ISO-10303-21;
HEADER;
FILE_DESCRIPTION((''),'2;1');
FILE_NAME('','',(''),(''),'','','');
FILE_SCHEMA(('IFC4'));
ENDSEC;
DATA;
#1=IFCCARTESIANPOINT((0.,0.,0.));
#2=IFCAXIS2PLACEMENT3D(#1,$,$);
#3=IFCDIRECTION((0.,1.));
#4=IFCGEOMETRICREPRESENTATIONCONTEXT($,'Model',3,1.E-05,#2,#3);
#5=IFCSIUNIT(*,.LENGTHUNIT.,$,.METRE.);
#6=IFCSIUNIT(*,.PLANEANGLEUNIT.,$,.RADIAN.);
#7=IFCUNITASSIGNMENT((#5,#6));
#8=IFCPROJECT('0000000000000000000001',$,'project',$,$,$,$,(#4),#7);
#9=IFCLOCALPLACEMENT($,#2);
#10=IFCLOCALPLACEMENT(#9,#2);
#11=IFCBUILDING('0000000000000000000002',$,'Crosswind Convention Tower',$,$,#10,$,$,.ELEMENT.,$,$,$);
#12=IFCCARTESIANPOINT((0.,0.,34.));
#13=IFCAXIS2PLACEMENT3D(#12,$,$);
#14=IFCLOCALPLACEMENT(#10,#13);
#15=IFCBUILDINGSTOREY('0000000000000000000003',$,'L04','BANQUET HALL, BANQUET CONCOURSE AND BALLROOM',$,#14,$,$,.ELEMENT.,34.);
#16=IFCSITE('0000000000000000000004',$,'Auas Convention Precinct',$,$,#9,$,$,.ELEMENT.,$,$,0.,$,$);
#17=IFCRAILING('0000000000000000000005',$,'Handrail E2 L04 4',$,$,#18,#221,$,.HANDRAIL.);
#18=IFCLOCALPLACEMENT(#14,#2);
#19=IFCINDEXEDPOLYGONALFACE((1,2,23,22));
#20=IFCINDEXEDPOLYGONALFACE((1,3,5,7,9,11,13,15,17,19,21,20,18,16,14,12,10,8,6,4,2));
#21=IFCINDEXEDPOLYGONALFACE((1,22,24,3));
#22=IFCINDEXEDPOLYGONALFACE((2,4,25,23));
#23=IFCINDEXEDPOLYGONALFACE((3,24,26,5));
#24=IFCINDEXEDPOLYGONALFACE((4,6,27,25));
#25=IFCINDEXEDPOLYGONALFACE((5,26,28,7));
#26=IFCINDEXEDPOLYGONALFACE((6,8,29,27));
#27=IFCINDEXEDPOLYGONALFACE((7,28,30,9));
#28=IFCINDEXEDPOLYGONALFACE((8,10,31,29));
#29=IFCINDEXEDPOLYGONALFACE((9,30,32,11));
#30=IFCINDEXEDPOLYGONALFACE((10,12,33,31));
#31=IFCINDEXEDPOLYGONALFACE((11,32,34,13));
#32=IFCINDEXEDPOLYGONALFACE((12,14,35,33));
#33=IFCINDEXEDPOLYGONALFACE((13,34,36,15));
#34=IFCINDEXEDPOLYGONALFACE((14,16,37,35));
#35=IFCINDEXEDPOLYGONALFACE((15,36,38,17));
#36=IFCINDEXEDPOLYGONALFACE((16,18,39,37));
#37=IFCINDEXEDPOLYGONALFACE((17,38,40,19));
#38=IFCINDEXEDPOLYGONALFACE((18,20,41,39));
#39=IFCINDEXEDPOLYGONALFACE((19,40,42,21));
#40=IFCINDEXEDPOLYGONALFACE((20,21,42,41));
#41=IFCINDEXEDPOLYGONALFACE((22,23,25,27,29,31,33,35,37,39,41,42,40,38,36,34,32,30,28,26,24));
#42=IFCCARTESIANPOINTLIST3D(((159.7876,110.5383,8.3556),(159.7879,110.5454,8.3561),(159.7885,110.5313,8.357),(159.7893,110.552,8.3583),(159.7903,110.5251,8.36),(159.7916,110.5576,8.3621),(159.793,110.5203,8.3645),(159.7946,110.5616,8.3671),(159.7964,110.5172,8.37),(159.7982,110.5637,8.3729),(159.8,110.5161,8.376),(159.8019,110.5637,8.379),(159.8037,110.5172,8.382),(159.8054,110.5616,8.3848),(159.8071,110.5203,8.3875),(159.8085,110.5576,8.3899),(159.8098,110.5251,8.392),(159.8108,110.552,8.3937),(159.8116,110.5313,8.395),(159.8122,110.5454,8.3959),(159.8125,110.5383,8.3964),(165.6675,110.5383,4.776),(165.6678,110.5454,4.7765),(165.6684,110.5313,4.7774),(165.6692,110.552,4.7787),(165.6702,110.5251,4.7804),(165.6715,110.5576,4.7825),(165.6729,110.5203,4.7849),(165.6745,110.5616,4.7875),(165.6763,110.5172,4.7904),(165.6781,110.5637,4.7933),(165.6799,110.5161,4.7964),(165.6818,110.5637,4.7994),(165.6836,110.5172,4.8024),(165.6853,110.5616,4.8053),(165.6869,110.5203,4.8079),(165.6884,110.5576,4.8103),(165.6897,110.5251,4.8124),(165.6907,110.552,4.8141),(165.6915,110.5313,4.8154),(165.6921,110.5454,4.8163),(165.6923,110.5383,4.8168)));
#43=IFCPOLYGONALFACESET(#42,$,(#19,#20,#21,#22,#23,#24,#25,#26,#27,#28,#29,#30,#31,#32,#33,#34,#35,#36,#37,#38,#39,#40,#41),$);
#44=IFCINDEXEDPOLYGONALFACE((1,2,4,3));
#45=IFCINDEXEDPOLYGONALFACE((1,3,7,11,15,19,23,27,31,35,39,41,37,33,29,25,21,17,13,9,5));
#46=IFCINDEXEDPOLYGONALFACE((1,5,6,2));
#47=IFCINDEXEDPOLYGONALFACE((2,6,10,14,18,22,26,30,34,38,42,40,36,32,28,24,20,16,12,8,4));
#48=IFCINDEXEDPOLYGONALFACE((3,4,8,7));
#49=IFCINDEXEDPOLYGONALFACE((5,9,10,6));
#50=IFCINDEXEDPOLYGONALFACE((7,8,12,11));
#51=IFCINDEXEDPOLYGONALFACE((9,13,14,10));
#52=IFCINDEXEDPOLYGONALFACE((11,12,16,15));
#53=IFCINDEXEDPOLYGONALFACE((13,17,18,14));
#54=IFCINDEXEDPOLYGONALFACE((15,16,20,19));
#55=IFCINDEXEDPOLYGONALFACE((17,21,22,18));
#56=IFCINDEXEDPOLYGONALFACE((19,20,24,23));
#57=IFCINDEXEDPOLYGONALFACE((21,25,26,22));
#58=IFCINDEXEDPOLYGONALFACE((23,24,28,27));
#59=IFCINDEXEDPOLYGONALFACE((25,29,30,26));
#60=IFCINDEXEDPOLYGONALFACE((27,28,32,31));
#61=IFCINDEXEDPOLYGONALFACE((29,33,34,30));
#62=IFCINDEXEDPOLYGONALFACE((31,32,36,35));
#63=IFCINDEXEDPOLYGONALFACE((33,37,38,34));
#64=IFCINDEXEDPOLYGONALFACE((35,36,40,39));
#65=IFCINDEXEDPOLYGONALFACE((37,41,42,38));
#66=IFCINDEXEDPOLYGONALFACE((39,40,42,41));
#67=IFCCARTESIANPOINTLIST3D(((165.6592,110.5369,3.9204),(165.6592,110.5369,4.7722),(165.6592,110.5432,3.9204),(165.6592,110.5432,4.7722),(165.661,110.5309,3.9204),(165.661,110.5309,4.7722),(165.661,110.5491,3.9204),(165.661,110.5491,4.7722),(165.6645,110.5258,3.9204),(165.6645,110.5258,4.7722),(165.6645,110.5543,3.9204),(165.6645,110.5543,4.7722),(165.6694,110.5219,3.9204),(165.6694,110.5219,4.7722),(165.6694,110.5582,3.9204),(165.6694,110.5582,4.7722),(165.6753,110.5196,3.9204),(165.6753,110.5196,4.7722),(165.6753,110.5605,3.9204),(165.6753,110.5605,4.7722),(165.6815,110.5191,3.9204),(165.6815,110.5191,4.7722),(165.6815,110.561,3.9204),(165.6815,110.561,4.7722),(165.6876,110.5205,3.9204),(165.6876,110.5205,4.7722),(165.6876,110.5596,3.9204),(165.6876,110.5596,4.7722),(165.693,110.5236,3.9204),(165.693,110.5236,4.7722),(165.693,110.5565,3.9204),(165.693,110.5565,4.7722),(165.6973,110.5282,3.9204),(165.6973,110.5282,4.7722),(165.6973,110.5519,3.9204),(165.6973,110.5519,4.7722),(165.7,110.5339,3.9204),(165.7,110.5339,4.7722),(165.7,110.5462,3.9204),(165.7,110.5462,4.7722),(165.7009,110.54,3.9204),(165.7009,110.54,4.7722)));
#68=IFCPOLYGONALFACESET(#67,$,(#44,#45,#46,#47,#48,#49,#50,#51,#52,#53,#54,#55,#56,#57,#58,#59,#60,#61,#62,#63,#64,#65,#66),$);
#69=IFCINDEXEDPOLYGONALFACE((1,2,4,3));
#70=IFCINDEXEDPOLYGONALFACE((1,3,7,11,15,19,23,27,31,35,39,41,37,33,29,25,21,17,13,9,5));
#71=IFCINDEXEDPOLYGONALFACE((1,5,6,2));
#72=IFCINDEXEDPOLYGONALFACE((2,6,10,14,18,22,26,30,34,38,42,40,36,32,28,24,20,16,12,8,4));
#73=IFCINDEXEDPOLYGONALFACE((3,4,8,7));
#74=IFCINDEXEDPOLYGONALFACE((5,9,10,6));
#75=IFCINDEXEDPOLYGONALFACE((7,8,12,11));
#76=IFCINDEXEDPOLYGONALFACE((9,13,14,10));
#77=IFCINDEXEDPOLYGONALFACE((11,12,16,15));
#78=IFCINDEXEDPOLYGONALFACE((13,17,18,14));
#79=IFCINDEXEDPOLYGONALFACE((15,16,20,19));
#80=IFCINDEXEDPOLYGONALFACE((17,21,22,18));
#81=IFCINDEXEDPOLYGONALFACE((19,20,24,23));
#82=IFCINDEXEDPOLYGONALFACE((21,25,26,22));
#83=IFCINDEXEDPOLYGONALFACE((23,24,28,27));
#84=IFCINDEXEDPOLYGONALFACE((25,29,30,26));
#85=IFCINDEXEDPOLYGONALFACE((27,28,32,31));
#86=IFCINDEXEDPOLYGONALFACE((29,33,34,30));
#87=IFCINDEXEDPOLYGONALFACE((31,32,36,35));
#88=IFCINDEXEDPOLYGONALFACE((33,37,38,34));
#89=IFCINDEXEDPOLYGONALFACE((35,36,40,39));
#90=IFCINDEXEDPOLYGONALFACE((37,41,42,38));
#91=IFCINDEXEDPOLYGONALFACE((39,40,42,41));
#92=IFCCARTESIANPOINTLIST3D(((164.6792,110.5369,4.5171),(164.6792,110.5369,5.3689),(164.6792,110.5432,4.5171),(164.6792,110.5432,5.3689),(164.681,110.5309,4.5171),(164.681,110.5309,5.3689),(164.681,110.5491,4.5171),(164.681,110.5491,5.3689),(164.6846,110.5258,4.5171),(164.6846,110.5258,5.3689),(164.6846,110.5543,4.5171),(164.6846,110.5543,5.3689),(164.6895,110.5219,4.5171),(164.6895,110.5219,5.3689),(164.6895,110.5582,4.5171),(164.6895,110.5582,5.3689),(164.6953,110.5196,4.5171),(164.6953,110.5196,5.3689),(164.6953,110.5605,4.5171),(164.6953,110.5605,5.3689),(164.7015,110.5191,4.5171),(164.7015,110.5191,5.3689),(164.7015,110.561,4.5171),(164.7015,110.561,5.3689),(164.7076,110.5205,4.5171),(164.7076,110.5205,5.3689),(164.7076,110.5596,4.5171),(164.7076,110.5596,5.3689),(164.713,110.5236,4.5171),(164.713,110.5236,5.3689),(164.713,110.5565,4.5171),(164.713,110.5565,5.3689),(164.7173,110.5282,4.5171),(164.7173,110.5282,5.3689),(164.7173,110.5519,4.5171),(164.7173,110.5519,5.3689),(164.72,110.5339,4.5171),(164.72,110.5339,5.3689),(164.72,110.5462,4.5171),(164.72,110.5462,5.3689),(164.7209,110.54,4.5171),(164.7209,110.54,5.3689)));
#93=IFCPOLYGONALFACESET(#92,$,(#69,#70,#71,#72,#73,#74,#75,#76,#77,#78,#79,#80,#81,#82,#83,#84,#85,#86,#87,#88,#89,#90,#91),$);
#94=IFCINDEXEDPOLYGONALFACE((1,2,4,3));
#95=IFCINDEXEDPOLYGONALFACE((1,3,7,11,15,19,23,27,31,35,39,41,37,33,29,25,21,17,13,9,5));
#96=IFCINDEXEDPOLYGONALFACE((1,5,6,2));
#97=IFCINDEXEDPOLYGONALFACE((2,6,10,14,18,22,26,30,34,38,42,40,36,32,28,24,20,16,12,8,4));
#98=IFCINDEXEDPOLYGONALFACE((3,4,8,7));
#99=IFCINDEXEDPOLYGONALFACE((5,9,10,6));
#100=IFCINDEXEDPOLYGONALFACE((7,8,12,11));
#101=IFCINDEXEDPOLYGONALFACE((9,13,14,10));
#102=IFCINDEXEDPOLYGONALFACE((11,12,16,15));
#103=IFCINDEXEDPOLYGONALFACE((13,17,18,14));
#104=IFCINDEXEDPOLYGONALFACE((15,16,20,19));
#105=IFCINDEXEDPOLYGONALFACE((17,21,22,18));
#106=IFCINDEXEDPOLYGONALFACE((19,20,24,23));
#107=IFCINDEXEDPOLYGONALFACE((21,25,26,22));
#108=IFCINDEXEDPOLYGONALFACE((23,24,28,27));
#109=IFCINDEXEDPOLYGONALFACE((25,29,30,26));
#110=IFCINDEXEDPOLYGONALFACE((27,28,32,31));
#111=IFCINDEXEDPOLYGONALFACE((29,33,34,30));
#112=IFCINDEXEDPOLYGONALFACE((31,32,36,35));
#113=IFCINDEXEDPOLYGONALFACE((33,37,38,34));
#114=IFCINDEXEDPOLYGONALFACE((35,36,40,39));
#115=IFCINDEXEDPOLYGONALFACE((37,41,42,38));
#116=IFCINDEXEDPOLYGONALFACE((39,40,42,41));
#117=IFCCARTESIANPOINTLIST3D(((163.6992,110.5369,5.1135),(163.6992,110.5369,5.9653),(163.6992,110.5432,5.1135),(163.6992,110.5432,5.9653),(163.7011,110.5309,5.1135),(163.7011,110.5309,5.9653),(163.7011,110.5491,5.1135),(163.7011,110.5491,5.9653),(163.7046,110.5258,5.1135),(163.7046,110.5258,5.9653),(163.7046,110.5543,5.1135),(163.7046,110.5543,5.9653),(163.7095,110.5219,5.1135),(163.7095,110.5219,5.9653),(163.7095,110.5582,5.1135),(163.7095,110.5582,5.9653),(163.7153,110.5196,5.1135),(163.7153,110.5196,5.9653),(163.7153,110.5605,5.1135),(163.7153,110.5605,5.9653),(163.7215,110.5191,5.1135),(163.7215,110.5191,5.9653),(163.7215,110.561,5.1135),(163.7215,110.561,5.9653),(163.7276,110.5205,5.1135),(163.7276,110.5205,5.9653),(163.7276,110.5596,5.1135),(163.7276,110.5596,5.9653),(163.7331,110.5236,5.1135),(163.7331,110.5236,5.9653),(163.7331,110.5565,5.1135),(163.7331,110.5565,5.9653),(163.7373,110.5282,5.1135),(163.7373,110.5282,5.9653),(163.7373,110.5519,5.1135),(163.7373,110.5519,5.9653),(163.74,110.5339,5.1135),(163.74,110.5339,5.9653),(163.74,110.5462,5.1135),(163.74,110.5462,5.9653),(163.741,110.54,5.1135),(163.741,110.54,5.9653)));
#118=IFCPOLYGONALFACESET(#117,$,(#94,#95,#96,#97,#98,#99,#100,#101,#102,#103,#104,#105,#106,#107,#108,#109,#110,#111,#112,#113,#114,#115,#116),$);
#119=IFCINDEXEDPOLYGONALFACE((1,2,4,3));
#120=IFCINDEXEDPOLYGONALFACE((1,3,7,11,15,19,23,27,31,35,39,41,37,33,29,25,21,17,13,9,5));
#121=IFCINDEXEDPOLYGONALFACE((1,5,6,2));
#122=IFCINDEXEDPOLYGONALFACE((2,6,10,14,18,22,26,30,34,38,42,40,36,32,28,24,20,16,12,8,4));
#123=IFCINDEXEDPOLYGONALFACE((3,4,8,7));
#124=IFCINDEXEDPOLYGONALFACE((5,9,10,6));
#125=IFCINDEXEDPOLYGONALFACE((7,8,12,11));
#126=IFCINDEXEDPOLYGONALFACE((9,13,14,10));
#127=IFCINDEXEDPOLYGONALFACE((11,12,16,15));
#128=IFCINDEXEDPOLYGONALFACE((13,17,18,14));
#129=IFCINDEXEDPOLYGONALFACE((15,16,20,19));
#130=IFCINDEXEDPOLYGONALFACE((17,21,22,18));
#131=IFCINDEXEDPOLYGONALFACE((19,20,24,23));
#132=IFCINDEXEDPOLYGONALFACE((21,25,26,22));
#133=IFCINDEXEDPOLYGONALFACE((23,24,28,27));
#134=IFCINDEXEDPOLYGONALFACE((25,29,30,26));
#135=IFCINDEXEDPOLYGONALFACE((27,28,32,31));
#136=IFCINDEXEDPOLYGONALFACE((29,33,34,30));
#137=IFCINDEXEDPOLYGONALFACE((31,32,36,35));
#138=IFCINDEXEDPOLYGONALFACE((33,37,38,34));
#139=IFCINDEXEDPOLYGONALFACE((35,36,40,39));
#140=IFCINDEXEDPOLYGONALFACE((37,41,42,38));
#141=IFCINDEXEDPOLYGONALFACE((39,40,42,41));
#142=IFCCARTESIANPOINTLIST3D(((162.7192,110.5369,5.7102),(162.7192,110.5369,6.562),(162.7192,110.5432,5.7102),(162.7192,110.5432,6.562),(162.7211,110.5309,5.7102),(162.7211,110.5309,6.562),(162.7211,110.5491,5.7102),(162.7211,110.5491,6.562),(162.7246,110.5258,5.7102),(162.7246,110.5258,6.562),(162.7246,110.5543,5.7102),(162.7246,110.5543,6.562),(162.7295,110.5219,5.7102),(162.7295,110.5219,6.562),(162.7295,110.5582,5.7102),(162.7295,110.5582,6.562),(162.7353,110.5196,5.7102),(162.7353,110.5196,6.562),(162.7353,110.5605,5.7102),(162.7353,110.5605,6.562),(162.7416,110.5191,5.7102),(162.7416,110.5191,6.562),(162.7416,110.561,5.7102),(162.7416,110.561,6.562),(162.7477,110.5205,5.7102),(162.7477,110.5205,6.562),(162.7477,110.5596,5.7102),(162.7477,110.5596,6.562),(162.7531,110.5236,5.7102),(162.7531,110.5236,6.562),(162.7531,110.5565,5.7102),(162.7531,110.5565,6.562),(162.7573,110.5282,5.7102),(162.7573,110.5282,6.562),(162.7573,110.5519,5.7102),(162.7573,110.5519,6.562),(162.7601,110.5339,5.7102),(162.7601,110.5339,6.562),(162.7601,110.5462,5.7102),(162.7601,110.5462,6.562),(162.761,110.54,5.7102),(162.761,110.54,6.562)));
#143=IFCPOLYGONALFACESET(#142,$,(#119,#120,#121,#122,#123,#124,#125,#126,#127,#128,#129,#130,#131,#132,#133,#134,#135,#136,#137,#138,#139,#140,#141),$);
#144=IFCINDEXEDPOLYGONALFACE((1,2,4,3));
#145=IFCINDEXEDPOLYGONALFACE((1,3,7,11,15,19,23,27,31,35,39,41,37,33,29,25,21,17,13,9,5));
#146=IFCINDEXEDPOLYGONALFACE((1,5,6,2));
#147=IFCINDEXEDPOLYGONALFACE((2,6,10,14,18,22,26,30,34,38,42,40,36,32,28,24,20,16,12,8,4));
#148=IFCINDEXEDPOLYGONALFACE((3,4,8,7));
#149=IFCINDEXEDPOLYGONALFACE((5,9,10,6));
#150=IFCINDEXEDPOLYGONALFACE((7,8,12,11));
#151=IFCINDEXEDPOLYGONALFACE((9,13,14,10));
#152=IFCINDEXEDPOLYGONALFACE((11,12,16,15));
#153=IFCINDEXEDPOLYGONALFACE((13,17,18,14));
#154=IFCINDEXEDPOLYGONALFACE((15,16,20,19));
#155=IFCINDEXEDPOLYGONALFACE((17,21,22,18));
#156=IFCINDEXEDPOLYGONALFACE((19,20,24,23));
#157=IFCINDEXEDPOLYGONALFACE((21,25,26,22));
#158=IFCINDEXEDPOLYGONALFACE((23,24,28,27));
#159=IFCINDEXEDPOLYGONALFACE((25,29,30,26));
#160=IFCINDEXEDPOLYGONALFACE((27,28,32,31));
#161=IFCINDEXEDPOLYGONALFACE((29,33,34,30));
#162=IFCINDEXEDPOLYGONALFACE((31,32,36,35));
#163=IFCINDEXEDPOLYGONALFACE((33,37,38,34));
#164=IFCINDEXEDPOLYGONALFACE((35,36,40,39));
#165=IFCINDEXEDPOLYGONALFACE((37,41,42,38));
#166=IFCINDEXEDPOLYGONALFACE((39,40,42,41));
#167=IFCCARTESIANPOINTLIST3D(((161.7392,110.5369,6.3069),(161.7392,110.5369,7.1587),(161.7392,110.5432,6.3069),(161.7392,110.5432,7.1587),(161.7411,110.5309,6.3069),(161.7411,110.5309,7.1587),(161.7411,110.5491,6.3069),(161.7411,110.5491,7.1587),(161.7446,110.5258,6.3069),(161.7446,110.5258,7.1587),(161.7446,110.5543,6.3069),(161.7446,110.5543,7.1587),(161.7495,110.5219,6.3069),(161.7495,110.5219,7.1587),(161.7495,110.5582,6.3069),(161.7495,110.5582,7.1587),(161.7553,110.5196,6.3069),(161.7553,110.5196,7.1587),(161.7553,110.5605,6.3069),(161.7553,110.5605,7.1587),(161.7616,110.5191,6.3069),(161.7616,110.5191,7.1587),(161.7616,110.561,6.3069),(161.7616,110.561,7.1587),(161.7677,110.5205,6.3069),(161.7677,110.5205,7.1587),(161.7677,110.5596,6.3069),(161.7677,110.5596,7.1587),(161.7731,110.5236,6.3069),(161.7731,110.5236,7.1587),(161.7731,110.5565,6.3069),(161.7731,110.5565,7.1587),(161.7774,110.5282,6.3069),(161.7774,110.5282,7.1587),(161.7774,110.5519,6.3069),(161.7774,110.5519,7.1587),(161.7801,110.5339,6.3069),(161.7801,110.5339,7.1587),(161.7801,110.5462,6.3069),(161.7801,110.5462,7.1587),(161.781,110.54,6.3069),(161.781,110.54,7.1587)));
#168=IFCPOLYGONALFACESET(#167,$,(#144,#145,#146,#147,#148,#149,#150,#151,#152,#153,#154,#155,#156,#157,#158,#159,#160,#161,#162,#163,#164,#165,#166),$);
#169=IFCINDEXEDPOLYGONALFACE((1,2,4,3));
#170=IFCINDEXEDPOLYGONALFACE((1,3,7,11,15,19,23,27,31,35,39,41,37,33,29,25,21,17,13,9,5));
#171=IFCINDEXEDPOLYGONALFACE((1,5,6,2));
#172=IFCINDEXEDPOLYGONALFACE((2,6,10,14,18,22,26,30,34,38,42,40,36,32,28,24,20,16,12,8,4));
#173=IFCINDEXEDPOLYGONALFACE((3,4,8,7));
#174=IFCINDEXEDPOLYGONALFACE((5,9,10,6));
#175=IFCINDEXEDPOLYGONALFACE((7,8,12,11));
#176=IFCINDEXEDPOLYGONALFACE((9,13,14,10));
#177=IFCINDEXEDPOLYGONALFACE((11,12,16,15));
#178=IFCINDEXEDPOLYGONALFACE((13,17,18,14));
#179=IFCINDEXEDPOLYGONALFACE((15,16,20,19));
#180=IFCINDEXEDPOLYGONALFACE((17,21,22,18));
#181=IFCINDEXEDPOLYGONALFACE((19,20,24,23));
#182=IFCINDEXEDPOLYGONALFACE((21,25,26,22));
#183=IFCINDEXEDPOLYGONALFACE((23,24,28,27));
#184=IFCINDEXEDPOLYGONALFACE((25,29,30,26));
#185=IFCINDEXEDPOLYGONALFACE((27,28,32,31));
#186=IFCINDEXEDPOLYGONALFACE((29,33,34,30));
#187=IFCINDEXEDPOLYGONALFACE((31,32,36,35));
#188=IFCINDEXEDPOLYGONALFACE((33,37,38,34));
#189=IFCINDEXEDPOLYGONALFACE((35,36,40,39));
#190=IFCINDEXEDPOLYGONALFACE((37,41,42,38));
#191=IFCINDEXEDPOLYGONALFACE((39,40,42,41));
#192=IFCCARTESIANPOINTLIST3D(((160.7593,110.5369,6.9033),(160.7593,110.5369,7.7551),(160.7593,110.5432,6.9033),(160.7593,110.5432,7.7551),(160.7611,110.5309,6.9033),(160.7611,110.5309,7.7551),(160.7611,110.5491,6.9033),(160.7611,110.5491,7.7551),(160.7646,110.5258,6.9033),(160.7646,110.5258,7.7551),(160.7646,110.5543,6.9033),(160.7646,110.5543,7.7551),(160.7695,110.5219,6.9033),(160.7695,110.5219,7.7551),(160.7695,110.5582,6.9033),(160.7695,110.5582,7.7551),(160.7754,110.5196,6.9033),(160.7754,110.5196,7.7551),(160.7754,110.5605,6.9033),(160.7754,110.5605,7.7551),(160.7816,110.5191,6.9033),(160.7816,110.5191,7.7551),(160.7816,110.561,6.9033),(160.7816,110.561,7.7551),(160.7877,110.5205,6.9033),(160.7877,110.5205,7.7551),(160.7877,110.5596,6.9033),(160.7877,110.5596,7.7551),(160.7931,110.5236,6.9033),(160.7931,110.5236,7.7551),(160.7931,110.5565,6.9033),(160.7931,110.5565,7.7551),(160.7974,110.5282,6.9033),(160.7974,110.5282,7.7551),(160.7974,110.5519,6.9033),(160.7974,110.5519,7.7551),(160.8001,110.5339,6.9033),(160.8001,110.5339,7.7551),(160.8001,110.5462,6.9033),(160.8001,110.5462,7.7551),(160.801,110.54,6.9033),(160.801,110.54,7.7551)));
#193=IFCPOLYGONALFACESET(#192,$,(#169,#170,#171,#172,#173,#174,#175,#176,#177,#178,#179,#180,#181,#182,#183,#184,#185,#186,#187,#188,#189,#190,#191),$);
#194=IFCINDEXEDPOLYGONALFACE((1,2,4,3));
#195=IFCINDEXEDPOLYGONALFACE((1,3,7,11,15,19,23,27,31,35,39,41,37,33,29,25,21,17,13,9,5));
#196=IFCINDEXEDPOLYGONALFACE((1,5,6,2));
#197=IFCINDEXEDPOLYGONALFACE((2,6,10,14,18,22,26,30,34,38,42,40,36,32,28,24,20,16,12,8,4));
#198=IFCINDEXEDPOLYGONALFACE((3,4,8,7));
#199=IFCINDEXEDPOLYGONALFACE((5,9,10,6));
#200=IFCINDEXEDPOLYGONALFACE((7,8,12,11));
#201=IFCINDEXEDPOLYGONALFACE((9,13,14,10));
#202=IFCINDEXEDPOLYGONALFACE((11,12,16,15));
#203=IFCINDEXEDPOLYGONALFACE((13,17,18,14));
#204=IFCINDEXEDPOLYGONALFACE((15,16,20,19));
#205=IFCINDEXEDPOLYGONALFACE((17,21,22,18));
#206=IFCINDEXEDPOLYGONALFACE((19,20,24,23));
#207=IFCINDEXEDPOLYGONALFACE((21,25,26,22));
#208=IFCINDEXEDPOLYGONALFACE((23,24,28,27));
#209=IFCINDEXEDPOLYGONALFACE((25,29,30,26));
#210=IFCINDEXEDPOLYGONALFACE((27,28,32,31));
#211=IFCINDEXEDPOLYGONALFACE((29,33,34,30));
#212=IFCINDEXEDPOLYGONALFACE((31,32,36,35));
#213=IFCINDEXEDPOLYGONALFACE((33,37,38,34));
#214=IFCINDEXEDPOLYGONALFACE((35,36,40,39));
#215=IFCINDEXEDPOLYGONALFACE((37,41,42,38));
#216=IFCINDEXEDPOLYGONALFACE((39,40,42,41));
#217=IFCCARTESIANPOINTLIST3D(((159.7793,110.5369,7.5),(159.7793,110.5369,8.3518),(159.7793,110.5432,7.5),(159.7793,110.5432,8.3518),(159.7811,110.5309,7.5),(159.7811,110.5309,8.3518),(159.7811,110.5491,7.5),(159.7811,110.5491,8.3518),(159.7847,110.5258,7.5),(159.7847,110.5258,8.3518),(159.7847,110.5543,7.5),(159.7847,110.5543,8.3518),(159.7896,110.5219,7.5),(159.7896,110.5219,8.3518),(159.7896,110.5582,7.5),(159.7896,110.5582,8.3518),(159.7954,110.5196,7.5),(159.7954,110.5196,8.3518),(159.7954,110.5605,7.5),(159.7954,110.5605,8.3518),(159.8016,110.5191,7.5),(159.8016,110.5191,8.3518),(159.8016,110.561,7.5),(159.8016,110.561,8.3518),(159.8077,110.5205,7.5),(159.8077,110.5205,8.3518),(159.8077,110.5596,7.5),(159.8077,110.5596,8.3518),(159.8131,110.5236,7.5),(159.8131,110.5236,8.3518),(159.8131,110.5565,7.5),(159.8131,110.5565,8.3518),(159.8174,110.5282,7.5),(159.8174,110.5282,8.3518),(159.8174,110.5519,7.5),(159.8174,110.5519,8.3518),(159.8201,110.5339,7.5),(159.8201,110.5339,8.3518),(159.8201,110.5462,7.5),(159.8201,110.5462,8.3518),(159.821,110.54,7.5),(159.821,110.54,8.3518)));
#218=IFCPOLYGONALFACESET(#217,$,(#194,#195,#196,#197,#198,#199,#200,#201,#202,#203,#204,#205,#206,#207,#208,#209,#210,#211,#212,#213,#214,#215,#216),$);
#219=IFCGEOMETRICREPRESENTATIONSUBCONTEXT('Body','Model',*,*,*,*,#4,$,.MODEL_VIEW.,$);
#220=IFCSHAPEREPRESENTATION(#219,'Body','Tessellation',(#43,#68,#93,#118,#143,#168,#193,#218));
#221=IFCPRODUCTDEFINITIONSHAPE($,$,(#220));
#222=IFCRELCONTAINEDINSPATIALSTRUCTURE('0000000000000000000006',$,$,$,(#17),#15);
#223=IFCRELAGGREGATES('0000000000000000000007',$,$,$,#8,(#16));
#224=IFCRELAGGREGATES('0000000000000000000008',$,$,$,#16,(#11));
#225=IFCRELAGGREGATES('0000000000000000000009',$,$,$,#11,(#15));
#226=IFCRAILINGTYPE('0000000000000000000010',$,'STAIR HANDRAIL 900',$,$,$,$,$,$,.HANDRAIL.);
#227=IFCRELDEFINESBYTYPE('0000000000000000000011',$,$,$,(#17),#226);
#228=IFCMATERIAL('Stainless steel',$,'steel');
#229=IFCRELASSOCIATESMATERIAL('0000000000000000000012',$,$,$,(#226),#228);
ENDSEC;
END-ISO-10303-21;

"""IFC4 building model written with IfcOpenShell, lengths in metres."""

from ifc_helpers import new_model, si_unit, direction, frame, origin, origin_2d, place, context, subcontext, project, spatial, circle, extrude, material, type_object, element, save


model = new_model("IFC4")

# Units and contexts
model_context = context("Model", 3, precision=1e-05, world=origin(), true_north=direction((0.0, 1.0)))
body_context = subcontext(model_context, "Body", "Model", "MODEL_VIEW")
ifc_project = project(units=[si_unit("LENGTHUNIT", "METRE"), si_unit("PLANEANGLEUNIT", "RADIAN")], contexts=[model_context])

# Site, building, storey
site_placement = place(None, origin())
site = spatial("IfcSite", under=ifc_project, at=site_placement, Name="Auas Convention Precinct", CompositionType="ELEMENT", RefElevation=0.0)
building_placement = place(site_placement, origin())
building = spatial("IfcBuilding", under=site, at=building_placement, Name="Crosswind Convention Tower", CompositionType="ELEMENT")
storey_placement = place(building_placement, frame((0.0, 0.0, 34.0)))
storey = spatial("IfcBuildingStorey", under=building, at=storey_placement, Name="L04", Description="BANQUET HALL, BANQUET CONCOURSE AND BALLROOM", CompositionType="ELEMENT", Elevation=34.0)

# Railing
ifc_material_1 = material(Name="Stainless steel", Category="steel")
railing_type = type_object("IfcRailingType", Name="STAIR HANDRAIL 900", PredefinedType="HANDRAIL", material=ifc_material_1)
railing_placement = place(storey_placement, frame((165.6799, 110.54, 3.9204)))
element("IfcRailing", 1, at=railing_placement, inside=storey, type_object=railing_type, Name="Handrail E2 L04 4", PredefinedType="HANDRAIL", context=body_context, shape_type="SweptSolid", body=[
    extrude(circle(Radius=0.0239, at=origin_2d()), frame((0.0, 0.0, 0.876), z_axis=(-0.854164, 0.0, 0.520003), x_axis=(0.0, -1.0, 0.0)), (0.0, 0.0, 1.0), 6.8838),
    extrude(circle(Radius=0.021, at=origin_2d()), origin(), (0.0, 0.0, 1.0), 0.8518),
    extrude(circle(Radius=0.021, at=origin_2d()), frame((-0.98, 0.0, 0.5967)), (0.0, 0.0, 1.0), 0.8518),
    extrude(circle(Radius=0.021, at=origin_2d()), frame((-1.96, 0.0, 1.1931)), (0.0, 0.0, 1.0), 0.8518),
    extrude(circle(Radius=0.021, at=origin_2d()), frame((-2.9399, 0.0, 1.7898)), (0.0, 0.0, 1.0), 0.8518),
    extrude(circle(Radius=0.021, at=origin_2d()), frame((-3.9199, 0.0, 2.3865)), (0.0, 0.0, 1.0), 0.8518),
    extrude(circle(Radius=0.021, at=origin_2d()), frame((-4.8999, 0.0, 2.9829)), (0.0, 0.0, 1.0), 0.8518),
    extrude(circle(Radius=0.021, at=origin_2d()), frame((-5.8799, 0.0, 3.5796)), (0.0, 0.0, 1.0), 0.8518),
])

save(model, "model.ifc")
